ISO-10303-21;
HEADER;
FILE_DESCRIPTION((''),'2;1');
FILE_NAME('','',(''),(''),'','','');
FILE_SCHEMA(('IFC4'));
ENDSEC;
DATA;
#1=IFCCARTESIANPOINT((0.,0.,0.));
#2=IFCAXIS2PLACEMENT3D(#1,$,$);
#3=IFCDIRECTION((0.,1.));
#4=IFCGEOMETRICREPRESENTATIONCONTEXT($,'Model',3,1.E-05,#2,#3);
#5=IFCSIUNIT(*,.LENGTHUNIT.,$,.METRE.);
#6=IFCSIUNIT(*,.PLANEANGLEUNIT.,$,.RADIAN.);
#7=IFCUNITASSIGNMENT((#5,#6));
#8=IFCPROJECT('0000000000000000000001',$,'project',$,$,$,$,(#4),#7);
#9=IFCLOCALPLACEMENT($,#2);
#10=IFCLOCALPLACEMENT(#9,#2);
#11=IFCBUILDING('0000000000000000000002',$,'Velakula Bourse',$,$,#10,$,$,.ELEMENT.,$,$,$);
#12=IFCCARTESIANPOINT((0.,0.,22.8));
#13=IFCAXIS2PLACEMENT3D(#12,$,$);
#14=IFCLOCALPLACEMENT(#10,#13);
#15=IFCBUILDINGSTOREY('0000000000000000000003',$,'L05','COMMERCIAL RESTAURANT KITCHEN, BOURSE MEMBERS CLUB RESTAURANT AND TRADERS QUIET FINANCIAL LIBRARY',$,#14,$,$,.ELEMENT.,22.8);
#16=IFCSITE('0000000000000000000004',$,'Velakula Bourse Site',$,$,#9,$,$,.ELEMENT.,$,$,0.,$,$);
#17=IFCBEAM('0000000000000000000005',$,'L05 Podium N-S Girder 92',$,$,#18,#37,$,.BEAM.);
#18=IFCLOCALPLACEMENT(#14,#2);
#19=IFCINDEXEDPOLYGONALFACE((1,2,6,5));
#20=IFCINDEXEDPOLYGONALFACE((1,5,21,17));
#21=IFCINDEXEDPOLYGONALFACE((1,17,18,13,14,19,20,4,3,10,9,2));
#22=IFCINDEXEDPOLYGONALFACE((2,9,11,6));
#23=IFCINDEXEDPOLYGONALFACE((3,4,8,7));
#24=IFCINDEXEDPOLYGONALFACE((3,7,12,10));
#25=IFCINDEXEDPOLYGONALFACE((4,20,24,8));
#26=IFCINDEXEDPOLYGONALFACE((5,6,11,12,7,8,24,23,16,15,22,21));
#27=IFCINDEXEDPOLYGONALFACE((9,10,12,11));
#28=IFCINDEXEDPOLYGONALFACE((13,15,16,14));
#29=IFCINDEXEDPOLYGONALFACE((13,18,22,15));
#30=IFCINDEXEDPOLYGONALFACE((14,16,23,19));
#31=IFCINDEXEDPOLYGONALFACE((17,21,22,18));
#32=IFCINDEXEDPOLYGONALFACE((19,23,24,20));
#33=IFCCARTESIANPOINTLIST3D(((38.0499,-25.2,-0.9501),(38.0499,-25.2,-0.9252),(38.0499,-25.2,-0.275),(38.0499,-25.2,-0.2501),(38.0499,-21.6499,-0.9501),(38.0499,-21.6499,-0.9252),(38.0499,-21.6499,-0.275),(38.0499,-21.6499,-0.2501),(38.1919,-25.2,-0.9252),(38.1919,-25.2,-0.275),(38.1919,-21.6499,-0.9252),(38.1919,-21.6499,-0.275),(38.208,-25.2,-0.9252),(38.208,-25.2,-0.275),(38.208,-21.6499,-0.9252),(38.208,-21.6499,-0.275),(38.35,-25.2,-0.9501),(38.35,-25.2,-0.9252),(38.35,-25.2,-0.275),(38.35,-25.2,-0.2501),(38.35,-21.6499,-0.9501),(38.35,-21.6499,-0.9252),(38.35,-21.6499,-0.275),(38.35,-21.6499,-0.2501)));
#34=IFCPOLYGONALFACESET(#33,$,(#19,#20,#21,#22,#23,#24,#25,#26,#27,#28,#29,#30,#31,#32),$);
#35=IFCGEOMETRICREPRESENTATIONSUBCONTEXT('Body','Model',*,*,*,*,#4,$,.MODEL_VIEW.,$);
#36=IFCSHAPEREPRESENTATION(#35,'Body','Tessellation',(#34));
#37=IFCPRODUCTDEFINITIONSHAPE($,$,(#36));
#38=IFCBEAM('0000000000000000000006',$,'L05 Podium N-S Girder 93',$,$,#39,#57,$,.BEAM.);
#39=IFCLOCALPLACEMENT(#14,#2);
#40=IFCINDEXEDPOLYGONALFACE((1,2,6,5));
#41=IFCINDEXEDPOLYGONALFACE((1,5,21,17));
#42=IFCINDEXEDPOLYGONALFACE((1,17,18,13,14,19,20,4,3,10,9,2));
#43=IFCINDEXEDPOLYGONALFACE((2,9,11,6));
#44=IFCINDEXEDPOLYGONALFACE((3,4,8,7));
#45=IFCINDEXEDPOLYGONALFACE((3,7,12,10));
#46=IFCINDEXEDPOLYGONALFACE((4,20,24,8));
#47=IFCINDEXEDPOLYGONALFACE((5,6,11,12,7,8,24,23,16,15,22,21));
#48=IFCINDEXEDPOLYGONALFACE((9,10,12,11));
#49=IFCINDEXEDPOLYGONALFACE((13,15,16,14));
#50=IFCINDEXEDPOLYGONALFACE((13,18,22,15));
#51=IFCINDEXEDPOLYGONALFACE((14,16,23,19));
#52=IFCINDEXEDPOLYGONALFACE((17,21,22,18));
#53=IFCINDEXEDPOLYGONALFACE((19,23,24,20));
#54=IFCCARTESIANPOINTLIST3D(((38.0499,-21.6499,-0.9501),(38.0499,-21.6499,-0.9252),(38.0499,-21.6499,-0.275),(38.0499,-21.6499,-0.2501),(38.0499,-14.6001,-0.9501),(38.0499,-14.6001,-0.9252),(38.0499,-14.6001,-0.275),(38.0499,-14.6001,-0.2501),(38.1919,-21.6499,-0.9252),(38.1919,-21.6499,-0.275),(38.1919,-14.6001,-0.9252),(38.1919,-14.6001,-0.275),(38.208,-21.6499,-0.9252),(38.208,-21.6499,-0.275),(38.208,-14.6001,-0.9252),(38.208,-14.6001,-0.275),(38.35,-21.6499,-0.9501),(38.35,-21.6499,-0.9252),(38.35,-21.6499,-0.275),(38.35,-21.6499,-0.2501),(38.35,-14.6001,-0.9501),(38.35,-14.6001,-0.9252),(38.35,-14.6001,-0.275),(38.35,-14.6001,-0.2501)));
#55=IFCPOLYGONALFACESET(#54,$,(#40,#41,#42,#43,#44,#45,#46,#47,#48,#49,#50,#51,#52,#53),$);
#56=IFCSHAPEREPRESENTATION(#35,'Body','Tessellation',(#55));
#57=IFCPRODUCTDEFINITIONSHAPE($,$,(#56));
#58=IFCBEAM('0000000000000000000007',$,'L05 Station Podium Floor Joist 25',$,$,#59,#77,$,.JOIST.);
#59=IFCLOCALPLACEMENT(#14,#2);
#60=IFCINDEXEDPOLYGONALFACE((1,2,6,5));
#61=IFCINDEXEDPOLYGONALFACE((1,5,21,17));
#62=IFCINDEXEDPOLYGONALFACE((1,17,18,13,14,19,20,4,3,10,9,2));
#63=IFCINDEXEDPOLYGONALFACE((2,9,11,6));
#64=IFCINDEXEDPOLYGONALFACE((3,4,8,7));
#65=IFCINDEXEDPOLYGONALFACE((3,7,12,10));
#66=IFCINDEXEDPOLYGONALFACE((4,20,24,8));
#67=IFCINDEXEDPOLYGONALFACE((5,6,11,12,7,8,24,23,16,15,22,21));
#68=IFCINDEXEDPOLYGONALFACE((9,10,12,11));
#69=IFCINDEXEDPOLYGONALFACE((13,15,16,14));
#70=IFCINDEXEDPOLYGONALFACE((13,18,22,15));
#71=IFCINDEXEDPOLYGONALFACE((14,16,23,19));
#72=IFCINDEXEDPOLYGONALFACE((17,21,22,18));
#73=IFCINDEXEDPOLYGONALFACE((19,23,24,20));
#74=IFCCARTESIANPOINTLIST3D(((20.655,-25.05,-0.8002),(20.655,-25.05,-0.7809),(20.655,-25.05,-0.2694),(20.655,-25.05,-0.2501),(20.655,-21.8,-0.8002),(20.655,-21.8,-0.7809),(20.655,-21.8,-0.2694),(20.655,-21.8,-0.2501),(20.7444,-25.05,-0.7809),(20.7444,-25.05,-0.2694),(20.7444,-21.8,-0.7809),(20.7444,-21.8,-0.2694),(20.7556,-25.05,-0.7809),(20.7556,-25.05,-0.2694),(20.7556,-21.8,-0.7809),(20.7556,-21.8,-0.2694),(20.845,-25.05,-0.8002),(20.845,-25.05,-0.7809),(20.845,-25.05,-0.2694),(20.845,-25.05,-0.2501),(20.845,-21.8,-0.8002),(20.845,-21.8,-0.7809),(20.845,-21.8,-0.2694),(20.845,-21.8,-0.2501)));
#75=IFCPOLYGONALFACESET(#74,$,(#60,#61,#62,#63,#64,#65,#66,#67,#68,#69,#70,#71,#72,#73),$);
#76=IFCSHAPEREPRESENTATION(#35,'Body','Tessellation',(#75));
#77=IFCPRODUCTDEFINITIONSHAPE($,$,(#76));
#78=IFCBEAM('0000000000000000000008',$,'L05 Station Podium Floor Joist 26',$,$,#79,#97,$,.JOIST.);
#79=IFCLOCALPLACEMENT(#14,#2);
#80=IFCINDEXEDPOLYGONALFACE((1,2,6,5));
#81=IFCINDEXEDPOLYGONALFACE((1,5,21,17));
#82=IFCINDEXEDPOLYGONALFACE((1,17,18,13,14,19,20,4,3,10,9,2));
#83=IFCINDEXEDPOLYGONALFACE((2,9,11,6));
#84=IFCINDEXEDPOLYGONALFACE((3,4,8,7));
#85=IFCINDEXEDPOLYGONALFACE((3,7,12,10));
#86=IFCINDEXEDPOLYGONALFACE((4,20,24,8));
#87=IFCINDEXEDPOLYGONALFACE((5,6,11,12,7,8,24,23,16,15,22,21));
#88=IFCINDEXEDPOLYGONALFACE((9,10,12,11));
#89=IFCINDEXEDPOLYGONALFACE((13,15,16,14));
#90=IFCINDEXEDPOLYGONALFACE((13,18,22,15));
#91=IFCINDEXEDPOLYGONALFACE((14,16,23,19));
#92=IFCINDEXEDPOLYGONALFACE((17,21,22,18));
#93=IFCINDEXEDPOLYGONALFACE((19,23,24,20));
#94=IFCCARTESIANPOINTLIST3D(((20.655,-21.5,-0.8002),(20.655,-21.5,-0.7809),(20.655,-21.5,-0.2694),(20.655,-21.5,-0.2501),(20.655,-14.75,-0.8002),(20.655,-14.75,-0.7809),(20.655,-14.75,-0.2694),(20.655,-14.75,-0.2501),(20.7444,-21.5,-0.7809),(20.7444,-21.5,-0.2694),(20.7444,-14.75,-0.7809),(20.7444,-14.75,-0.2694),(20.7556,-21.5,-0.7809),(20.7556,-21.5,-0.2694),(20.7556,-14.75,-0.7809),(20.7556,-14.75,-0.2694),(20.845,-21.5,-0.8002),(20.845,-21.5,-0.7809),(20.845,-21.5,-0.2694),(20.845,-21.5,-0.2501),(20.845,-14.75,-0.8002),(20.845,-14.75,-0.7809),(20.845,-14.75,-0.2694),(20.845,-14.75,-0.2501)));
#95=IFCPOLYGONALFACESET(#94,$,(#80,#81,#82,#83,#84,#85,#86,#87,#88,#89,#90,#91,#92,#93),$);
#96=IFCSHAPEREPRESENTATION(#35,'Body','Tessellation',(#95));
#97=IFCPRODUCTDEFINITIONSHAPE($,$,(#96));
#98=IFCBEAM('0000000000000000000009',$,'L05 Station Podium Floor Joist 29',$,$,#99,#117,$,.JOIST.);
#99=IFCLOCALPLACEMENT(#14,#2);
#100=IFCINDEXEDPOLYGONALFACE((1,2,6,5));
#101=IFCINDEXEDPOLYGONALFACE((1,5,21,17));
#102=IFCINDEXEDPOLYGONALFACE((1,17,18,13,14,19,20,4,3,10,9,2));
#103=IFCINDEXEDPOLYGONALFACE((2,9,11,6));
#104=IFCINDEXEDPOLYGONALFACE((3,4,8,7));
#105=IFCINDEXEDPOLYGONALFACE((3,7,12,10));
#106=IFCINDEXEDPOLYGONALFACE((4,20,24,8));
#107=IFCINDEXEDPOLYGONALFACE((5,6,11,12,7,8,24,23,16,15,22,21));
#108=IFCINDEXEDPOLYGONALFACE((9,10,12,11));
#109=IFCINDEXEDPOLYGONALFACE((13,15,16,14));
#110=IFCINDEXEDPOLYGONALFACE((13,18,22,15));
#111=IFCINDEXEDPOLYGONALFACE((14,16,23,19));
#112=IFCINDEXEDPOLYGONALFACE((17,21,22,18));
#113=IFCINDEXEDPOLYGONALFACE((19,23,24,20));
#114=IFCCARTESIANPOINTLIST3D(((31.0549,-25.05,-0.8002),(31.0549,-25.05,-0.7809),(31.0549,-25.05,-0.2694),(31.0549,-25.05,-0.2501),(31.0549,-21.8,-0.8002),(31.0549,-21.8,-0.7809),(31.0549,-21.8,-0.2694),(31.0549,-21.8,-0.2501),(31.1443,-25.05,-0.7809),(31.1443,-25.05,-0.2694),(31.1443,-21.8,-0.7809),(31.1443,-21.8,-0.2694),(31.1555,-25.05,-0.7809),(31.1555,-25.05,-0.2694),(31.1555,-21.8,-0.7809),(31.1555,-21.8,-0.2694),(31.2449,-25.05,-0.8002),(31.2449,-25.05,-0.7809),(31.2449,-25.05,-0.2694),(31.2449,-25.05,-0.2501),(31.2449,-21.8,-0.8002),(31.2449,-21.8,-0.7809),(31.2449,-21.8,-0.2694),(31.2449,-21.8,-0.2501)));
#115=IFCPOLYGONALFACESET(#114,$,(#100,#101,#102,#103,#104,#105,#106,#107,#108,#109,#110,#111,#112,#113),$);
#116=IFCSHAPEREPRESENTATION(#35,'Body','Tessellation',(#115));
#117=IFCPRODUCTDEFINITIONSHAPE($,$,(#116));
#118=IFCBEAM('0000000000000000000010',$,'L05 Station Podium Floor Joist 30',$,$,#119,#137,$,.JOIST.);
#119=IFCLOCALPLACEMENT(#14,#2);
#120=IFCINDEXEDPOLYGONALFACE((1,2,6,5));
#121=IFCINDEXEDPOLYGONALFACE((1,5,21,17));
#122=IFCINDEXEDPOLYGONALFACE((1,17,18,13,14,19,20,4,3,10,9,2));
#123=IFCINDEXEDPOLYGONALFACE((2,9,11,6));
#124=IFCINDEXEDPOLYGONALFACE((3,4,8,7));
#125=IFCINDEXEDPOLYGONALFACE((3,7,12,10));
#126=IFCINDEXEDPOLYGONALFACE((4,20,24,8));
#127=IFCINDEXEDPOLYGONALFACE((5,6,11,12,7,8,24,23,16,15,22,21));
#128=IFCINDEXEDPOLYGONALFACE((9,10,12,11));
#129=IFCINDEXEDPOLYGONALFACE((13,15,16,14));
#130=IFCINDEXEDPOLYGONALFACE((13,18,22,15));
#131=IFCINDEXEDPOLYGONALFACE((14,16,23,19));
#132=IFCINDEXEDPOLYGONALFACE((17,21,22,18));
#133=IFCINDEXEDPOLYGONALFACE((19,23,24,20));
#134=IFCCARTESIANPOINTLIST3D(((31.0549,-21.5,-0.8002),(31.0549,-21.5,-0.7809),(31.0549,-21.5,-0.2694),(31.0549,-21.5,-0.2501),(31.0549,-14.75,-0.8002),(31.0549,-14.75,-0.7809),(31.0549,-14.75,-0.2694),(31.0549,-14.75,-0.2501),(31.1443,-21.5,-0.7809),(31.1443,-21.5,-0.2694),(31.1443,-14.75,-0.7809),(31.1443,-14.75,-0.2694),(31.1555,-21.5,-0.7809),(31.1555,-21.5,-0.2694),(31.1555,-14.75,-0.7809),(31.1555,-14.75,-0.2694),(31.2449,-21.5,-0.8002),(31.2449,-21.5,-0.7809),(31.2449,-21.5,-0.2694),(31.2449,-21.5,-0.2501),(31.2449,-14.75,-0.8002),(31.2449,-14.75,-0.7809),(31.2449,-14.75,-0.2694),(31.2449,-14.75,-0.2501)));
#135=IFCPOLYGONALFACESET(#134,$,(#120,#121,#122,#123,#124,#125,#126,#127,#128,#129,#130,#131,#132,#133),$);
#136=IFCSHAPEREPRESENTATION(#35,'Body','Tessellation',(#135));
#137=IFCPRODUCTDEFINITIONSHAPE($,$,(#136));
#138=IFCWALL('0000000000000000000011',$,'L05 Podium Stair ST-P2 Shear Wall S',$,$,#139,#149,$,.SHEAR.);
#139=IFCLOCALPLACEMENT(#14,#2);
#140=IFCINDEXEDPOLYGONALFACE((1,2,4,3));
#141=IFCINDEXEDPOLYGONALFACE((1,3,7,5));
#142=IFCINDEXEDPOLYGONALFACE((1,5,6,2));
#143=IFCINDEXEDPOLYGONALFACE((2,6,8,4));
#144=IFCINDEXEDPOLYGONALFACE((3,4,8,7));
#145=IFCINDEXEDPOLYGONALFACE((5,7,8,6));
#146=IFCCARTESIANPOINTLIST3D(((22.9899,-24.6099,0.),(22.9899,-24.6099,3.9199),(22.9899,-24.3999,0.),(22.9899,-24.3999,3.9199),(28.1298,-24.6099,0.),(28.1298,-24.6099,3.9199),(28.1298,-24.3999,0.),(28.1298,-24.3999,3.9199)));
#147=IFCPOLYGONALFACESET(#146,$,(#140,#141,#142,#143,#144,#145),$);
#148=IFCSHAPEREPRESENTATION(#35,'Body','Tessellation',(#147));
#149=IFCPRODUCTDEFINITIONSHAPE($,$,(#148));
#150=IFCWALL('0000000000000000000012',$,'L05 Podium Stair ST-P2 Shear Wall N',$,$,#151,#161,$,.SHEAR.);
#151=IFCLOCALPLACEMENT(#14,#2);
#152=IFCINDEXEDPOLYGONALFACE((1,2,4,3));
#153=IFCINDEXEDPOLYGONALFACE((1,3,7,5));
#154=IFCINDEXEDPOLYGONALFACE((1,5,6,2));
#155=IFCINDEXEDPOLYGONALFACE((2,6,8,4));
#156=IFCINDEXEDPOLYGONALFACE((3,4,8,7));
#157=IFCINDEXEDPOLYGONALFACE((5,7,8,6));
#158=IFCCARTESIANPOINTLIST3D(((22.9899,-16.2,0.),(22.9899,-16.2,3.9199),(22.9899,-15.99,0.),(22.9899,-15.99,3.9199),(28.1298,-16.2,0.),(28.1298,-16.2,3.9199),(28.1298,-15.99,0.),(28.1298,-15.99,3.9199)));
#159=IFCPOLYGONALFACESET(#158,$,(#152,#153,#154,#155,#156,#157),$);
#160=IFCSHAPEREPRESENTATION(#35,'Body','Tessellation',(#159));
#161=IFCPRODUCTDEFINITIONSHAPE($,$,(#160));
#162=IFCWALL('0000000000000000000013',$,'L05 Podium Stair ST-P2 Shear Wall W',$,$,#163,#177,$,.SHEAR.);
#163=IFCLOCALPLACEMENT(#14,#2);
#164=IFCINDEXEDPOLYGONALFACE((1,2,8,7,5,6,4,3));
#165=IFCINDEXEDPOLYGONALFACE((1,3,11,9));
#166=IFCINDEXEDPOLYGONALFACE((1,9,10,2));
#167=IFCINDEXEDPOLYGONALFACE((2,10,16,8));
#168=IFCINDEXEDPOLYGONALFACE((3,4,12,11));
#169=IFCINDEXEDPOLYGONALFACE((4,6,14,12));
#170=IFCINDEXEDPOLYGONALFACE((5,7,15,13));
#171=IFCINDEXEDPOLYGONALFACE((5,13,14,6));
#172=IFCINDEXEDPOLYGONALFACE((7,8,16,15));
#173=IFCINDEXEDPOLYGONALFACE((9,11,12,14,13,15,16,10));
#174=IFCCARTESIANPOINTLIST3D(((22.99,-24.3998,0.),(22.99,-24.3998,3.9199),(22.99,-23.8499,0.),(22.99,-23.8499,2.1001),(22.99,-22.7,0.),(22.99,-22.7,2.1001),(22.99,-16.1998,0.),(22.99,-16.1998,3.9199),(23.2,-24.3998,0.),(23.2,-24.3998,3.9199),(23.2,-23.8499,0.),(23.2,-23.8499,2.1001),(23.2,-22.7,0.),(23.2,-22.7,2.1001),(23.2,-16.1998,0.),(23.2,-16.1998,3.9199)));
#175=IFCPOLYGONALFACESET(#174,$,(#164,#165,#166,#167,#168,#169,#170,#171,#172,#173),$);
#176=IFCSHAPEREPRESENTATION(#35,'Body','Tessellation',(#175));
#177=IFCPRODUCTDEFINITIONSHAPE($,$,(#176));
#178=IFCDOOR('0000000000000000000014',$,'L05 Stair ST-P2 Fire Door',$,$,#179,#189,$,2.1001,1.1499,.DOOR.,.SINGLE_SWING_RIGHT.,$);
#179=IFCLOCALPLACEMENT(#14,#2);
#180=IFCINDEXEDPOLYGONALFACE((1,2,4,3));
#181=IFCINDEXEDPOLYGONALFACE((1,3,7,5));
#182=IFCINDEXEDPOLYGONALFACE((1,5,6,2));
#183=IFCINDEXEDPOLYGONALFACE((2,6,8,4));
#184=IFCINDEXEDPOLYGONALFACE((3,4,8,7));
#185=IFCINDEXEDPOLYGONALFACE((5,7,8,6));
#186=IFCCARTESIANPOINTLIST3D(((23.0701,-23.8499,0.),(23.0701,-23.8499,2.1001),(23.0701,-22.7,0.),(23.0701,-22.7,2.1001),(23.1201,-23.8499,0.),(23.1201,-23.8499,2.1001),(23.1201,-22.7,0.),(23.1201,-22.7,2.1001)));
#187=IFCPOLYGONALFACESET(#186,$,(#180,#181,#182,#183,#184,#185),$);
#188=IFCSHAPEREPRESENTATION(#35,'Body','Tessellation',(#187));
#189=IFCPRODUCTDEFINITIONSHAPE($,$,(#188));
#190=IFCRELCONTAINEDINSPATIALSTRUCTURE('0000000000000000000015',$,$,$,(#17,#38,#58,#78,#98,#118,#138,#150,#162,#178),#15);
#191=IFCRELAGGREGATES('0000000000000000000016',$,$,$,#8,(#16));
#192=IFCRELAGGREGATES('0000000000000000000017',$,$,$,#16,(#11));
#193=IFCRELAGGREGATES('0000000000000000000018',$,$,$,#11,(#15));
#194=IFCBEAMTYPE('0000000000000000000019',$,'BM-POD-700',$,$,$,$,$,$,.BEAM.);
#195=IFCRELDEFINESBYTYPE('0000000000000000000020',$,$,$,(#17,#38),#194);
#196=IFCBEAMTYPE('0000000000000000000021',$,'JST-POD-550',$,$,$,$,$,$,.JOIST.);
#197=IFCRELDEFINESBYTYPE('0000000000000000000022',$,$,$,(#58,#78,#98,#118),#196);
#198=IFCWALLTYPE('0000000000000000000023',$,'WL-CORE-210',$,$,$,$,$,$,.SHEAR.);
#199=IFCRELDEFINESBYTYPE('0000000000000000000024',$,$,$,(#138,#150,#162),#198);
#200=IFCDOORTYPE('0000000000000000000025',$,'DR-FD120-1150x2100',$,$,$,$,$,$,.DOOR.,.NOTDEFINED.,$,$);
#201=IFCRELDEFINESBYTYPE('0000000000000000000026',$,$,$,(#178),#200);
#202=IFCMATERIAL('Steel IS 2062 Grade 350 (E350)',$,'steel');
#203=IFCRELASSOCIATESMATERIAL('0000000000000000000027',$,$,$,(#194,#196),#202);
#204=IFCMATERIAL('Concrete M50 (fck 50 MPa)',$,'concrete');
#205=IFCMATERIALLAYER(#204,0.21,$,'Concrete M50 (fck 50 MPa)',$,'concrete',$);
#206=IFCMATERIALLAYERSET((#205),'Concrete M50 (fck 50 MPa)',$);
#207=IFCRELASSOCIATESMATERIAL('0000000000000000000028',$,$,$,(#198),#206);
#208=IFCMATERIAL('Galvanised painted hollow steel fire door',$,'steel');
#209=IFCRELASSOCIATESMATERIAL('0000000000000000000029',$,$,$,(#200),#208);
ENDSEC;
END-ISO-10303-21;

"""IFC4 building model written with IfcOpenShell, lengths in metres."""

from ifc_helpers import new_model, si_unit, direction, frame, frame_2d, origin, origin_2d, place, context, subcontext, project, spatial, rectangle, i_section, extrude, material, layer, layer_set, material_profile, profile_set, type_object, element, fill, save


model = new_model("IFC4")

# Units and contexts
model_context = context("Model", 3, precision=1e-05, world=origin(), true_north=direction((0.0, 1.0)))
body_context = subcontext(model_context, "Body", "Model", "MODEL_VIEW")
ifc_project = project(units=[si_unit("LENGTHUNIT", "METRE"), si_unit("PLANEANGLEUNIT", "RADIAN")], contexts=[model_context])

# Site, building, storey
site_placement = place(None, origin())
site = spatial("IfcSite", under=ifc_project, at=site_placement, Name="Velakula Bourse Site", CompositionType="ELEMENT", RefElevation=0.0)
building_placement = place(site_placement, origin())
building = spatial("IfcBuilding", under=site, at=building_placement, Name="Velakula Bourse", CompositionType="ELEMENT")
storey_placement = place(building_placement, frame((0.0, 0.0, 22.8)))
storey = spatial("IfcBuildingStorey", under=building, at=storey_placement, Name="L05", Description="COMMERCIAL RESTAURANT KITCHEN, BOURSE MEMBERS CLUB RESTAURANT AND TRADERS QUIET FINANCIAL LIBRARY", CompositionType="ELEMENT", Elevation=22.8)

# Beams
ifc_material_1 = material(Name="Steel IS 2062 Grade 350 (E350)", Category="steel")
ifc_material_profile_1 = material_profile(ifc_material_1, i_section(OverallWidth=0.3, OverallDepth=0.7, WebThickness=0.0161, FlangeThickness=0.0249, at=origin_2d()), Name="Steel IS 2062 Grade 350 (E350)")
ifc_profile_set_1 = profile_set([ifc_material_profile_1], Name="Steel IS 2062 Grade 350 (E350)")
beam_type_1 = type_object("IfcBeamType", Name="BM-POD-700", PredefinedType="BEAM", material=ifc_profile_set_1)
for number, where, z_axis, x_axis, name in (
    (1, (38.2, -25.2, -0.6001), (0.0, 1.0, 0.0), (-1.0, 0.0, 0.0), "L05 Podium N-S Girder 92"),
):
    element("IfcBeam", number, at=place(storey_placement, frame(where, z_axis=z_axis, x_axis=x_axis)), inside=storey, type_object=beam_type_1, Name=name, PredefinedType="BEAM", context=body_context, shape_type="SweptSolid", body=[
        extrude(i_section(OverallWidth=0.3, OverallDepth=0.7, WebThickness=0.0161, FlangeThickness=0.0249, at=origin_2d()), origin(), (0.0, 0.0, 1.0), 3.55),
    ])
beam_1_placement = place(storey_placement, frame((38.2, -21.6499, -0.6001), z_axis=(0.0, 1.0, 0.0), x_axis=(-1.0, 0.0, 0.0)))
element("IfcBeam", 2, at=beam_1_placement, inside=storey, type_object=beam_type_1, Name="L05 Podium N-S Girder 93", PredefinedType="BEAM", context=body_context, shape_type="SweptSolid", body=[
    extrude(i_section(OverallWidth=0.3, OverallDepth=0.7, WebThickness=0.0161, FlangeThickness=0.0249, at=origin_2d()), origin(), (0.0, 0.0, 1.0), 7.0498),
])
ifc_material_profile_2 = material_profile(ifc_material_1, i_section(OverallWidth=0.1899, OverallDepth=0.55, WebThickness=0.0112, FlangeThickness=0.0193, at=origin_2d()), Name="Steel IS 2062 Grade 350 (E350)")
ifc_profile_set_2 = profile_set([ifc_material_profile_2], Name="Steel IS 2062 Grade 350 (E350)")
beam_type_2 = type_object("IfcBeamType", Name="JST-POD-550", PredefinedType="JOIST", material=ifc_profile_set_2)
beam_2_placement = place(storey_placement, frame((20.75, -25.05, -0.5251), z_axis=(0.0, 1.0, 0.0), x_axis=(-1.0, 0.0, 0.0)))
element("IfcBeam", 3, at=beam_2_placement, inside=storey, type_object=beam_type_2, Name="L05 Station Podium Floor Joist 25", PredefinedType="JOIST", context=body_context, shape_type="SweptSolid", body=[
    extrude(i_section(OverallWidth=0.1899, OverallDepth=0.55, WebThickness=0.0112, FlangeThickness=0.0193, at=origin_2d()), origin(), (0.0, 0.0, 1.0), 3.25),
])
beam_3_placement = place(storey_placement, frame((20.75, -21.5, -0.5251), z_axis=(0.0, 1.0, 0.0), x_axis=(-1.0, 0.0, 0.0)))
element("IfcBeam", 4, at=beam_3_placement, inside=storey, type_object=beam_type_2, Name="L05 Station Podium Floor Joist 26", PredefinedType="JOIST", context=body_context, shape_type="SweptSolid", body=[
    extrude(i_section(OverallWidth=0.1899, OverallDepth=0.55, WebThickness=0.0112, FlangeThickness=0.0193, at=origin_2d()), origin(), (0.0, 0.0, 1.0), 6.75),
])
beam_4_placement = place(storey_placement, frame((31.1499, -25.05, -0.5251), z_axis=(0.0, 1.0, 0.0), x_axis=(-1.0, 0.0, 0.0)))
element("IfcBeam", 5, at=beam_4_placement, inside=storey, type_object=beam_type_2, Name="L05 Station Podium Floor Joist 29", PredefinedType="JOIST", context=body_context, shape_type="SweptSolid", body=[
    extrude(i_section(OverallWidth=0.1899, OverallDepth=0.55, WebThickness=0.0112, FlangeThickness=0.0193, at=origin_2d()), origin(), (0.0, 0.0, 1.0), 3.25),
])
beam_5_placement = place(storey_placement, frame((31.1499, -21.5, -0.5251), z_axis=(0.0, 1.0, 0.0), x_axis=(-1.0, 0.0, 0.0)))
element("IfcBeam", 6, at=beam_5_placement, inside=storey, type_object=beam_type_2, Name="L05 Station Podium Floor Joist 30", PredefinedType="JOIST", context=body_context, shape_type="SweptSolid", body=[
    extrude(i_section(OverallWidth=0.1899, OverallDepth=0.55, WebThickness=0.0112, FlangeThickness=0.0193, at=origin_2d()), origin(), (0.0, 0.0, 1.0), 6.75),
])

# Walls
ifc_material_2 = material(Name="Concrete M50 (fck 50 MPa)", Category="concrete")
ifc_layer_1 = layer(ifc_material_2, 0.21, Name="Concrete M50 (fck 50 MPa)", Category="concrete")
ifc_layer_set_1 = layer_set([ifc_layer_1], Name="Concrete M50 (fck 50 MPa)")
wall_type_1 = type_object("IfcWallType", Name="WL-CORE-210", PredefinedType="SHEAR", material=ifc_layer_set_1)
for number, where, z_axis, x_axis, name in (
    (7, (22.99, -24.5049, 0.0), (0.0, 0.0, 1.0), (1.0, 0.0, 0.0), "L05 Podium Stair ST-P2 Shear Wall S"),
    (8, (22.99, -16.095, 0.0), (0.0, 0.0, 1.0), (1.0, 0.0, 0.0), "L05 Podium Stair ST-P2 Shear Wall N"),
):
    element("IfcWall", number, at=place(storey_placement, frame(where, z_axis=z_axis, x_axis=x_axis)), inside=storey, type_object=wall_type_1, Name=name, PredefinedType="SHEAR", context=body_context, shape_type="SweptSolid", body=[
        extrude(rectangle(XDim=5.1399, YDim=0.21, at=frame_2d((2.5698, 0.0))), origin(), (0.0, 0.0, 1.0), 3.9199),
    ])

# Wall, opening, door
wall_1_placement = place(storey_placement, frame((23.095, -24.3999, 0.0), z_axis=(0.0, 0.0, 1.0), x_axis=(0.0, 1.0, 0.0)))
wall_1 = element("IfcWall", 9, at=wall_1_placement, inside=storey, type_object=wall_type_1, Name="L05 Podium Stair ST-P2 Shear Wall W", PredefinedType="SHEAR", context=body_context, shape_type="SweptSolid", body=[
    extrude(rectangle(XDim=8.2, YDim=0.21, at=frame_2d((4.1001, 0.0))), origin(), (0.0, 0.0, 1.0), 3.9199),
])
opening_1_placement = place(wall_1_placement, frame((0.55, 0.0, 0.0)))
opening_1 = element("IfcOpeningElement", 10, at=opening_1_placement, cuts=wall_1, PredefinedType="OPENING", context=body_context, shape_type="SweptSolid", body=[
    extrude(rectangle(XDim=1.1499, YDim=2.1001, at=frame_2d((0.575, 1.05))), frame((0.0, 0.115, 0.0), z_axis=(0.0, -1.0, 0.0), x_axis=(1.0, 0.0, 0.0)), (0.0, 0.0, 1.0), 0.23),
])
ifc_material_3 = material(Name="Galvanised painted hollow steel fire door", Category="steel")
door_type = type_object("IfcDoorType", Name="DR-FD120-1150x2100", OperationType="NOTDEFINED", PredefinedType="DOOR", material=ifc_material_3)
door_placement = place(opening_1_placement, origin())
door = element("IfcDoor", 11, at=door_placement, inside=storey, type_object=door_type, Name="L05 Stair ST-P2 Fire Door", OperationType="SINGLE_SWING_RIGHT", OverallHeight=2.1001, OverallWidth=1.1499, PredefinedType="DOOR", context=body_context, shape_type="SweptSolid", body=[
    extrude(rectangle(XDim=1.1499, YDim=2.1001, at=frame_2d((0.575, 1.05))), frame((0.0, 0.0249, 0.0), z_axis=(0.0, -1.0, 0.0), x_axis=(1.0, 0.0, 0.0)), (0.0, 0.0, 1.0), 0.05),
])
fill(opening_1, door)

save(model, "model.ifc")
